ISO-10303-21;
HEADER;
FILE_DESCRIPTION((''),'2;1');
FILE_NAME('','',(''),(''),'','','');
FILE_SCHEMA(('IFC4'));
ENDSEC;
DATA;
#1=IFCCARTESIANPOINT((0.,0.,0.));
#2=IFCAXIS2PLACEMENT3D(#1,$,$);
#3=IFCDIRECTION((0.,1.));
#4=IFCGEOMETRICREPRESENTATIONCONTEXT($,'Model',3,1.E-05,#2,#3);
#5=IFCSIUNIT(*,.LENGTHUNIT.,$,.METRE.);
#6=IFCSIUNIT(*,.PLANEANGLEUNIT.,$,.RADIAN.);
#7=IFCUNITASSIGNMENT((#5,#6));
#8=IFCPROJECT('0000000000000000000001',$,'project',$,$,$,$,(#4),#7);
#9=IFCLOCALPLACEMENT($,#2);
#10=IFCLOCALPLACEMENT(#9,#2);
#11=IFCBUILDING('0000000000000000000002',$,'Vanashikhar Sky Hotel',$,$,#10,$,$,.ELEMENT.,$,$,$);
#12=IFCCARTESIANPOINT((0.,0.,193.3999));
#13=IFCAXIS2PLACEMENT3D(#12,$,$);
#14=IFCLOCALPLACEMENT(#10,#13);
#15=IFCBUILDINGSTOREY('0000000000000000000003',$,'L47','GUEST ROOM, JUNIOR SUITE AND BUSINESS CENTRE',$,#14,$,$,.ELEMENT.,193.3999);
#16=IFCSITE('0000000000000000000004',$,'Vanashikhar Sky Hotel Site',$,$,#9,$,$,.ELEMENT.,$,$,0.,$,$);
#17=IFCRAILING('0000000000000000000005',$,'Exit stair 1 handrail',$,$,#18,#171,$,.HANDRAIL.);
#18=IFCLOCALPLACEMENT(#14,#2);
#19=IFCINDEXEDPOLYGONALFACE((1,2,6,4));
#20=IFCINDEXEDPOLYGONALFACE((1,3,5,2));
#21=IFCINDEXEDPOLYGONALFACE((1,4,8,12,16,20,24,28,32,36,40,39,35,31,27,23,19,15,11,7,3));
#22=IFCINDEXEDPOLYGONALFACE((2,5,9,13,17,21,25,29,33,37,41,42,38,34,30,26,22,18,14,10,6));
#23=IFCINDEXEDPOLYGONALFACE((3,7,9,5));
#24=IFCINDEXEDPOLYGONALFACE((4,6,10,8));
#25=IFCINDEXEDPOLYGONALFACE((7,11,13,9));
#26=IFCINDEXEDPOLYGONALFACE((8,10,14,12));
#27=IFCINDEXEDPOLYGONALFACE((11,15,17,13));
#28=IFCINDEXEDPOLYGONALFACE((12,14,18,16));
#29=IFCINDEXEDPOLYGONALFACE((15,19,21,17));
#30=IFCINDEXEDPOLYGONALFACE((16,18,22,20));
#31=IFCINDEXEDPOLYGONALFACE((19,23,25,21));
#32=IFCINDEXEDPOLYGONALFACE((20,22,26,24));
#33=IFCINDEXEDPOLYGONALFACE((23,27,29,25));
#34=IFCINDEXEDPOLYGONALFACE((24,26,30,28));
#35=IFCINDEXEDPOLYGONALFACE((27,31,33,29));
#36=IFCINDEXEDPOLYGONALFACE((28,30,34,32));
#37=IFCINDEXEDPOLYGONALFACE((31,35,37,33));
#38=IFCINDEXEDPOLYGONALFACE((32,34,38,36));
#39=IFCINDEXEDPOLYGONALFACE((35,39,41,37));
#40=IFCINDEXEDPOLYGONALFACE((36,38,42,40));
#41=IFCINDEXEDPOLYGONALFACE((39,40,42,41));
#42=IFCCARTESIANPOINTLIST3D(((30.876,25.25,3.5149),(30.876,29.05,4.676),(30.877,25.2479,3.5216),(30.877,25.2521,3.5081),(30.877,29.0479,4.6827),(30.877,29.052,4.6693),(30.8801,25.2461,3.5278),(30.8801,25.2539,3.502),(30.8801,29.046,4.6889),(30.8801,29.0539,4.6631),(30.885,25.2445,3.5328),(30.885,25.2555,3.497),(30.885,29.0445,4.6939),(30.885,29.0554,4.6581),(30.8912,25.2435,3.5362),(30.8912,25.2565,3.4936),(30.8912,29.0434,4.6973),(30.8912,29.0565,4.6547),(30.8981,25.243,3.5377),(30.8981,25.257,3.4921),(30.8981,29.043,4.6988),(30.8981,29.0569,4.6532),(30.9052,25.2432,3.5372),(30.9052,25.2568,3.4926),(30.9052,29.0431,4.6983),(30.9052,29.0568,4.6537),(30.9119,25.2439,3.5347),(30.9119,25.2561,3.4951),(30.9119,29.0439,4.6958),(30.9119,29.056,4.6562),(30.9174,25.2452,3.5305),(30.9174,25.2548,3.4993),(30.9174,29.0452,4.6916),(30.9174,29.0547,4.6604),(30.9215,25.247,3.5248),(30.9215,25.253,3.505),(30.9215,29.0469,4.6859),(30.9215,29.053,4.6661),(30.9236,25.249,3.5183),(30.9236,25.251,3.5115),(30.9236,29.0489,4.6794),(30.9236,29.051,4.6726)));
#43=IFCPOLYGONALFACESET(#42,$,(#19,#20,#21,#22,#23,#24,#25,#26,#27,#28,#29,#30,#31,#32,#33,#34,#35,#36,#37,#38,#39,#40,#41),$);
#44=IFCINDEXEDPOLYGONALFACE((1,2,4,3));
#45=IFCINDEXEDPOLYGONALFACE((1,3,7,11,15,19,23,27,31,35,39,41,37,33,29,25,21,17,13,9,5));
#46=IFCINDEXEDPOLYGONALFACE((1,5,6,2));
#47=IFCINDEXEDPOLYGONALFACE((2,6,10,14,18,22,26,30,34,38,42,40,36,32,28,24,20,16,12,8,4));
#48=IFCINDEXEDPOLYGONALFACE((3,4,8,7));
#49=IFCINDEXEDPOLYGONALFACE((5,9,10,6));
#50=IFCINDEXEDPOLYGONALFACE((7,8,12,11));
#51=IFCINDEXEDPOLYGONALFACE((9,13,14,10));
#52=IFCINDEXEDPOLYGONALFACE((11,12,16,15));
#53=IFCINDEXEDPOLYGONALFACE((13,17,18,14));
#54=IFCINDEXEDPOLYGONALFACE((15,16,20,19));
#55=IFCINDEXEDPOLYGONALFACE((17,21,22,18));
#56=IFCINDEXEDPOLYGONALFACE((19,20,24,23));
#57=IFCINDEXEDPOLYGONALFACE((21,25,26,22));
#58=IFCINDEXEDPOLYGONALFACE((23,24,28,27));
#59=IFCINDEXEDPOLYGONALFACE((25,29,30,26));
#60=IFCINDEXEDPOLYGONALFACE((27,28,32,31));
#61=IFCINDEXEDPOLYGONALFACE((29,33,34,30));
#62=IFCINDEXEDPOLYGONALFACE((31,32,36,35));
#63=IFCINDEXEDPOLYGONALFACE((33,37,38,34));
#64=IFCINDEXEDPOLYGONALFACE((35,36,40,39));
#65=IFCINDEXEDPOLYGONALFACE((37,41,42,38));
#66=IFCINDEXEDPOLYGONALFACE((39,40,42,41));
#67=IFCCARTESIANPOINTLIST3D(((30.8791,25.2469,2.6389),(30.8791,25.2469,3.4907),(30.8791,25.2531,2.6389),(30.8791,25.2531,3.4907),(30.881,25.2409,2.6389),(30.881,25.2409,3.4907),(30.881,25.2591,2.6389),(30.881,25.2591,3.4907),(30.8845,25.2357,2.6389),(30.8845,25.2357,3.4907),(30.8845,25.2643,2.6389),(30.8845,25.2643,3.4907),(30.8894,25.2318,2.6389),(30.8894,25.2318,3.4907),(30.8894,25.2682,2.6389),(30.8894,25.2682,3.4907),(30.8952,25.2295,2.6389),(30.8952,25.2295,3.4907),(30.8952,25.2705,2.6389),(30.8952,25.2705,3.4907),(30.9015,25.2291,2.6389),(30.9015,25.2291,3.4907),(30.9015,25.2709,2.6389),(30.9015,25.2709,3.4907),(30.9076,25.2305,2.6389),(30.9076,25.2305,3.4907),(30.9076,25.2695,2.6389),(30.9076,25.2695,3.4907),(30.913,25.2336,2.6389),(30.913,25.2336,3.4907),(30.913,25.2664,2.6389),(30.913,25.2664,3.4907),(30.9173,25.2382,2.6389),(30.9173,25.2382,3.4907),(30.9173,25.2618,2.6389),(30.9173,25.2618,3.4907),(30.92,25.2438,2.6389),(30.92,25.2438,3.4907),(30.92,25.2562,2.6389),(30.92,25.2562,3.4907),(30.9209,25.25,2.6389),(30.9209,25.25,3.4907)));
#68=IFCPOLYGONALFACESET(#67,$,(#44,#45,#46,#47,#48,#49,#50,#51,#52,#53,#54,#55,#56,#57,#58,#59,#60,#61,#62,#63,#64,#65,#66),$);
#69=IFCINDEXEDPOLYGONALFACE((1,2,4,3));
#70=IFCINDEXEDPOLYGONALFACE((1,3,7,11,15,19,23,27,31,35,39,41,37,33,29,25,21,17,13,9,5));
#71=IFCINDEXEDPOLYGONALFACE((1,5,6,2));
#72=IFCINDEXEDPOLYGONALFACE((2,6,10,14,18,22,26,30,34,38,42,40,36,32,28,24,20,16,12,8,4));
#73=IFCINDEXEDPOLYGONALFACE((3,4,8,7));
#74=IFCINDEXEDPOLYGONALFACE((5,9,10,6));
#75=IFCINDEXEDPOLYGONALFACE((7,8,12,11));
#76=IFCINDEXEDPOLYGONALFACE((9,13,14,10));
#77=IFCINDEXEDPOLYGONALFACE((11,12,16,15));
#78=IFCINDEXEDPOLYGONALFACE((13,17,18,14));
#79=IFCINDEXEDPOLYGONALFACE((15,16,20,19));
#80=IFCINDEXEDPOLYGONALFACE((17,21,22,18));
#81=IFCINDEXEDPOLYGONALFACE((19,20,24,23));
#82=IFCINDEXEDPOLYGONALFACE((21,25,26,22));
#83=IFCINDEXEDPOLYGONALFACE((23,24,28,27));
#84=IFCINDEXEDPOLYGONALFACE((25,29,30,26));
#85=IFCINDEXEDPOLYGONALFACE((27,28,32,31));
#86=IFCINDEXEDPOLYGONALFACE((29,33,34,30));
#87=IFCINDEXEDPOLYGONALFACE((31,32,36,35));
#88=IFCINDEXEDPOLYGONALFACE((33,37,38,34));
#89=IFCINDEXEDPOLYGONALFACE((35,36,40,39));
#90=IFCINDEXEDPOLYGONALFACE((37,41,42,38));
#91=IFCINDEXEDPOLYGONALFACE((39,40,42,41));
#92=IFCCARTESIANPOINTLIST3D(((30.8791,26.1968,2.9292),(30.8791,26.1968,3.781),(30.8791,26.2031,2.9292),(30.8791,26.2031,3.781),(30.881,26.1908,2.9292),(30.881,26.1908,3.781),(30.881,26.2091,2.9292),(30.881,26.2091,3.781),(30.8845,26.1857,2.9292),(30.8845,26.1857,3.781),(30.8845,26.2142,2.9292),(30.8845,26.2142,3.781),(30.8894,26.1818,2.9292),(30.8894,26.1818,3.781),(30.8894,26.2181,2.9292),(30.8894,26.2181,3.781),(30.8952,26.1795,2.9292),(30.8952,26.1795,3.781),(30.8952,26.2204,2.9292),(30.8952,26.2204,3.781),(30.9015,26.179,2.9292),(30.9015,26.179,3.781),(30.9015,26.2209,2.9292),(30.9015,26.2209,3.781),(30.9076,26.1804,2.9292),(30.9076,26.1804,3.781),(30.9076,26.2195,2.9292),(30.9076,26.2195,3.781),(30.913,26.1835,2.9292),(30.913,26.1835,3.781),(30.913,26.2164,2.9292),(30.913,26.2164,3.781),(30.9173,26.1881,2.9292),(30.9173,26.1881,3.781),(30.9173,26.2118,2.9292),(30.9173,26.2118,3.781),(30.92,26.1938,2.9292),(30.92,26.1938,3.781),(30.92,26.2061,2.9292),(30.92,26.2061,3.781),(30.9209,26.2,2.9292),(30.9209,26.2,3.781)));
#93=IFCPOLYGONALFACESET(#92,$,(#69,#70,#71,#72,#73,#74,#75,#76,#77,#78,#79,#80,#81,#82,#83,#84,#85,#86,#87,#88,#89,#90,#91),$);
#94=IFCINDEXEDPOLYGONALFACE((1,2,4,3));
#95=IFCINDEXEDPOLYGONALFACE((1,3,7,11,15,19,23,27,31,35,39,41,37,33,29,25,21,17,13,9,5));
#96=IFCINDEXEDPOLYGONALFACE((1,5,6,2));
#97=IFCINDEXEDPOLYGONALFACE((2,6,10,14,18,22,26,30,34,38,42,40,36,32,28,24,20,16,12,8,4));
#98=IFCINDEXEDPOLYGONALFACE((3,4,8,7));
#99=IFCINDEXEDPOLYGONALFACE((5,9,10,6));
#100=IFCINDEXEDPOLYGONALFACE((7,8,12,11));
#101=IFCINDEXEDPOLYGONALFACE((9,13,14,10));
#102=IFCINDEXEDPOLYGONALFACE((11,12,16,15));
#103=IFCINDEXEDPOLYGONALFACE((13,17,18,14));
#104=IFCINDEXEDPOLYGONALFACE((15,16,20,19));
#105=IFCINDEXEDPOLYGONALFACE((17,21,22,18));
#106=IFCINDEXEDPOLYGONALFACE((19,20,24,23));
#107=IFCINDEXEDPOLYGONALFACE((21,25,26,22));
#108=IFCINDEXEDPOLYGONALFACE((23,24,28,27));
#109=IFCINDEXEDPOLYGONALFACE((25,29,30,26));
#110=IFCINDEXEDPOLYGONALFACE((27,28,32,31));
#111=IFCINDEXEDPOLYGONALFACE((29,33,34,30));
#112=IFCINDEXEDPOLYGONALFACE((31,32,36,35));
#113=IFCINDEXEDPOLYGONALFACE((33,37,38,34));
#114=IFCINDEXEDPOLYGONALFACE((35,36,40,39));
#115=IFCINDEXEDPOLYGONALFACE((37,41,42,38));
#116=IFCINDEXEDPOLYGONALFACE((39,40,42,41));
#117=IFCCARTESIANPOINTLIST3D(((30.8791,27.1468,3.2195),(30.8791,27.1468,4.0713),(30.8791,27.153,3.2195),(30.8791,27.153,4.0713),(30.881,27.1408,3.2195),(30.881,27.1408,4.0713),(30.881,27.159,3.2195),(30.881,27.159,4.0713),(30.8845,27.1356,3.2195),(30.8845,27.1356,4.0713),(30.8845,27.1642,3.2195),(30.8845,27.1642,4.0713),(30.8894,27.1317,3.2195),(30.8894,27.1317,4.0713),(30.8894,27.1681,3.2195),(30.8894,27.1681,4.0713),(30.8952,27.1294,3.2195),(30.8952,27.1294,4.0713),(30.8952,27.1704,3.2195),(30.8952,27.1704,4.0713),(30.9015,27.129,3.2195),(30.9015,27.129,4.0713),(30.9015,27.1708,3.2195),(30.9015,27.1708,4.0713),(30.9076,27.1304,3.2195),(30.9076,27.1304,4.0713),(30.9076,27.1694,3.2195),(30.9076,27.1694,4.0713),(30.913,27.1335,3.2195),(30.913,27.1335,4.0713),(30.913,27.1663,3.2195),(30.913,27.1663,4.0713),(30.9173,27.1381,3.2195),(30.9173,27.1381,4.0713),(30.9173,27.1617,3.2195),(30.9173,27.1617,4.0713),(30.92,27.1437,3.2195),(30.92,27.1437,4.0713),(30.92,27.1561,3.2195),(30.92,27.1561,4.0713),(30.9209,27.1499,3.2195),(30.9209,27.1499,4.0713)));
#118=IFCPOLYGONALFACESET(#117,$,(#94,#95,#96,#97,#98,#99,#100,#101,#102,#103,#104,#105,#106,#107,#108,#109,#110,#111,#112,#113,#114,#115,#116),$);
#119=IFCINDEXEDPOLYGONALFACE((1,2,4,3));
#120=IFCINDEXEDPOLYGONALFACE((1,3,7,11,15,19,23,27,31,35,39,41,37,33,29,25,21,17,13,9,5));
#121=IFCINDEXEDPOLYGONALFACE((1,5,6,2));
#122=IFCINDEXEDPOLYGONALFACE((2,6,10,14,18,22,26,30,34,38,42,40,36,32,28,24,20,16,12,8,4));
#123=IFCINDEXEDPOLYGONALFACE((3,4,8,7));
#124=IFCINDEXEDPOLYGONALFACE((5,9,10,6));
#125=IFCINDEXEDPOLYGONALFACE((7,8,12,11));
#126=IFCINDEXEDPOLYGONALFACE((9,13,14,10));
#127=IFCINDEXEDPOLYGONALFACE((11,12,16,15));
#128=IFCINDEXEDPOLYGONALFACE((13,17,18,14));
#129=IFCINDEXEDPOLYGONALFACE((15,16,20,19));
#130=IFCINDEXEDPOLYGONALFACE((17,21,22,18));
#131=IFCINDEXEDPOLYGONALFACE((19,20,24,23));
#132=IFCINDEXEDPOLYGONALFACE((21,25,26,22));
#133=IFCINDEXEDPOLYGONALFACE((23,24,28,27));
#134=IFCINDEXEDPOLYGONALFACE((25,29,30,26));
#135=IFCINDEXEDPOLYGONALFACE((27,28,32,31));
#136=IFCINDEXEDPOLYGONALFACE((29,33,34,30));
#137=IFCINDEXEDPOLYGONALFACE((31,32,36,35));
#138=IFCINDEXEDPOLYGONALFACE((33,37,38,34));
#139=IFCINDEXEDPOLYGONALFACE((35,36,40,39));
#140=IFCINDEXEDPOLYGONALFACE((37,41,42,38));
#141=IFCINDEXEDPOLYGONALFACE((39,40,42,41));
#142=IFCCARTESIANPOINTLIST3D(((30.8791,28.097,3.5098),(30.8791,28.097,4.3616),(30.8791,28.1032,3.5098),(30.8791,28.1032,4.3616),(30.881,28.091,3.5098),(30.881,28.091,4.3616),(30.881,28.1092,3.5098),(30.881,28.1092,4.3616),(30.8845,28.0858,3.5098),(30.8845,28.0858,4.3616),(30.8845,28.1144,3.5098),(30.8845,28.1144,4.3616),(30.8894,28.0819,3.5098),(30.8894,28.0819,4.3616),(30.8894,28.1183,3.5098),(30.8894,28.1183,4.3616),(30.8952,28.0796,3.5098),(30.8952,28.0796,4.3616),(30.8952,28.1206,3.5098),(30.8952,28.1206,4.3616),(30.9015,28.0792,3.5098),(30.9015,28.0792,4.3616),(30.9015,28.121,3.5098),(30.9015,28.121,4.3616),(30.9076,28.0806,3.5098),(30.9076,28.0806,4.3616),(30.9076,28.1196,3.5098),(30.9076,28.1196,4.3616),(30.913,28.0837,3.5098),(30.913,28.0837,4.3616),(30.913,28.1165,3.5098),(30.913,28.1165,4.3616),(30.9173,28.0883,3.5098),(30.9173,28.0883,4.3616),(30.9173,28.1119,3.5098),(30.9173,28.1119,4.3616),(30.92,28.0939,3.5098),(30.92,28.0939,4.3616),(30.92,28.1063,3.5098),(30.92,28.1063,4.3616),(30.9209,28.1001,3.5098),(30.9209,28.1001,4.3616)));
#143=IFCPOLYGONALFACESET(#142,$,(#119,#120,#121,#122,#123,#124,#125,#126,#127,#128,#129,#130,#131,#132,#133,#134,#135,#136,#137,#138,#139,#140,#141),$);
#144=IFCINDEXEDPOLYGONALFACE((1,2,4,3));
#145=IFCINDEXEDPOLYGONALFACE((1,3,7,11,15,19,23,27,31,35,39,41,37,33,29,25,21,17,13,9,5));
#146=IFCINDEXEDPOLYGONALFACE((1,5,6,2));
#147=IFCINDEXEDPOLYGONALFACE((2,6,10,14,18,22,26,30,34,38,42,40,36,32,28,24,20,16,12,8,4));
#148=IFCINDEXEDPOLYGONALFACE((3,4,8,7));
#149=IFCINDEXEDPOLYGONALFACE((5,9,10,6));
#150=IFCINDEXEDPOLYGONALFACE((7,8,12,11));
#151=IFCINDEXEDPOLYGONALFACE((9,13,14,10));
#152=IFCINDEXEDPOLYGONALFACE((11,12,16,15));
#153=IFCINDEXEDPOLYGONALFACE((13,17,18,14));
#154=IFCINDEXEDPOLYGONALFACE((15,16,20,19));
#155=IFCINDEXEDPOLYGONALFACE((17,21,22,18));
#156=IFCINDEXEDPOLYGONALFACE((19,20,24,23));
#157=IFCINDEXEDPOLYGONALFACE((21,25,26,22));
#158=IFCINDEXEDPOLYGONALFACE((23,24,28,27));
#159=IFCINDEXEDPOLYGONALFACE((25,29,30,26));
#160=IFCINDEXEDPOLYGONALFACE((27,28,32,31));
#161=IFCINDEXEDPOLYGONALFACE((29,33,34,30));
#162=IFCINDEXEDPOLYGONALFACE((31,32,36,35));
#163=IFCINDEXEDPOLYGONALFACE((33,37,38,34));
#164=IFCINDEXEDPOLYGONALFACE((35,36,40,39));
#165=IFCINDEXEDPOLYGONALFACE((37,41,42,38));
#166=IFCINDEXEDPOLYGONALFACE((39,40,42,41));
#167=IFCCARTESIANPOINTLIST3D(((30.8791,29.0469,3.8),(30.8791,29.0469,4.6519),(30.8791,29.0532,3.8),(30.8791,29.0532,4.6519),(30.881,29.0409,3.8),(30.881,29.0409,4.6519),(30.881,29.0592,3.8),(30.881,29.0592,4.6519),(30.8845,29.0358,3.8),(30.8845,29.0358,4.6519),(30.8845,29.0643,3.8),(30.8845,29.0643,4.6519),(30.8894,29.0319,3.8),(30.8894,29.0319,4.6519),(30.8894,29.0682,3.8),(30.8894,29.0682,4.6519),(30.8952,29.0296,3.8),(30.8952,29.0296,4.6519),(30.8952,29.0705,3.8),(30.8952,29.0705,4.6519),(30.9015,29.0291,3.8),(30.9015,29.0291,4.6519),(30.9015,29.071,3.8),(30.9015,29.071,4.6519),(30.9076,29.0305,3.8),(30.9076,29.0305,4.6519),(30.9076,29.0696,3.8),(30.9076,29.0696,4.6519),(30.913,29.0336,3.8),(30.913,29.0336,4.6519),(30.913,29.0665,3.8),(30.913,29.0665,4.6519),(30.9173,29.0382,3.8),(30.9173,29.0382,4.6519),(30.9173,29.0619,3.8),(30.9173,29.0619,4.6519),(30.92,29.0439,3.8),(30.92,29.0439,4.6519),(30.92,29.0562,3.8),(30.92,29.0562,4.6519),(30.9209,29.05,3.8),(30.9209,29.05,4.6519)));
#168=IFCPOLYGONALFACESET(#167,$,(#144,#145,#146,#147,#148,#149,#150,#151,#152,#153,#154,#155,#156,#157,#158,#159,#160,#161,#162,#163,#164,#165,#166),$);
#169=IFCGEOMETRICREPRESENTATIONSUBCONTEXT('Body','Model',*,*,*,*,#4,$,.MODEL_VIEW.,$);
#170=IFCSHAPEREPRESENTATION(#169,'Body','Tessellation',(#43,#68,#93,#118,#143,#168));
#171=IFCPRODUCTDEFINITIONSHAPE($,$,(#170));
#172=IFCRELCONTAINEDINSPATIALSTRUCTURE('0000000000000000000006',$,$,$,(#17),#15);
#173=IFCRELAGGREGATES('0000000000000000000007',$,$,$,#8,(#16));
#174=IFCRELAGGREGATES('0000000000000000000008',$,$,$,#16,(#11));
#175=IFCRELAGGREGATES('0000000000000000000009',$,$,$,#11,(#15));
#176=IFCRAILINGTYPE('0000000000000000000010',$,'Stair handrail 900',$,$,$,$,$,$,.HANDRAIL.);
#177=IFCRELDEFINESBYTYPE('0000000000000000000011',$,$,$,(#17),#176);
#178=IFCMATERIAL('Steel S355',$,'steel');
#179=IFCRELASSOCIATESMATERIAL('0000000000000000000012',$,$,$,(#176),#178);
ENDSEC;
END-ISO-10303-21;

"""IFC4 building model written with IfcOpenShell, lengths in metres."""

from ifc_helpers import new_model, si_unit, direction, frame, origin, origin_2d, place, context, subcontext, project, spatial, circle, extrude, source, transform, mapped, material, type_object, element, save


model = new_model("IFC4")

# Units and contexts
model_context = context("Model", 3, precision=1e-05, world=origin(), true_north=direction((0.0, 1.0)))
body_context = subcontext(model_context, "Body", "Model", "MODEL_VIEW")
ifc_project = project(units=[si_unit("LENGTHUNIT", "METRE"), si_unit("PLANEANGLEUNIT", "RADIAN")], contexts=[model_context])

# Site, building, storey
site_placement = place(None, origin())
site = spatial("IfcSite", under=ifc_project, at=site_placement, Name="Vanashikhar Sky Hotel Site", CompositionType="ELEMENT", RefElevation=0.0)
building_placement = place(site_placement, origin())
building = spatial("IfcBuilding", under=site, at=building_placement, Name="Vanashikhar Sky Hotel", CompositionType="ELEMENT")
storey_placement = place(building_placement, frame((0.0, 0.0, 193.3999)))
storey = spatial("IfcBuildingStorey", under=building, at=storey_placement, Name="L47", Description="GUEST ROOM, JUNIOR SUITE AND BUSINESS CENTRE", CompositionType="ELEMENT", Elevation=193.3999)

# Railing
ifc_material_1 = material(Name="Steel S355", Category="steel")
railing_type = type_object("IfcRailingType", Name="Stair handrail 900", PredefinedType="HANDRAIL", material=ifc_material_1)
shared_shape_1 = source(origin(), body_context, "Body", "SweptSolid", [
    extrude(circle(Radius=0.0239, at=origin_2d()), frame((0.0, 0.0, 0.876), z_axis=(0.0, 0.956351, 0.29222), x_axis=(-1.0, 0.0, 0.0)), (0.0, 0.0, 1.0), 3.9734),
    extrude(circle(Radius=0.021, at=origin_2d()), origin(), (0.0, 0.0, 1.0), 0.8518),
    extrude(circle(Radius=0.021, at=origin_2d()), frame((0.0, 0.95, 0.2903)), (0.0, 0.0, 1.0), 0.8518),
    extrude(circle(Radius=0.021, at=origin_2d()), frame((0.0, 1.8999, 0.5806)), (0.0, 0.0, 1.0), 0.8518),
    extrude(circle(Radius=0.021, at=origin_2d()), frame((0.0, 2.8501, 0.8708)), (0.0, 0.0, 1.0), 0.8518),
    extrude(circle(Radius=0.021, at=origin_2d()), frame((0.0, 3.8, 1.1611)), (0.0, 0.0, 1.0), 0.8518),
])
for number, where, name in (
    (1, (30.8999, 25.25, 2.6389), "Exit stair 1 handrail"),
):
    element("IfcRailing", number, at=place(storey_placement, frame(where)), inside=storey, type_object=railing_type, Name=name, PredefinedType="HANDRAIL", context=body_context, shape_type="MappedRepresentation", body=[
        mapped(shared_shape_1, transform((0.0, 0.0, 0.0), scale=1.0)),
    ])

save(model, "model.ifc")
